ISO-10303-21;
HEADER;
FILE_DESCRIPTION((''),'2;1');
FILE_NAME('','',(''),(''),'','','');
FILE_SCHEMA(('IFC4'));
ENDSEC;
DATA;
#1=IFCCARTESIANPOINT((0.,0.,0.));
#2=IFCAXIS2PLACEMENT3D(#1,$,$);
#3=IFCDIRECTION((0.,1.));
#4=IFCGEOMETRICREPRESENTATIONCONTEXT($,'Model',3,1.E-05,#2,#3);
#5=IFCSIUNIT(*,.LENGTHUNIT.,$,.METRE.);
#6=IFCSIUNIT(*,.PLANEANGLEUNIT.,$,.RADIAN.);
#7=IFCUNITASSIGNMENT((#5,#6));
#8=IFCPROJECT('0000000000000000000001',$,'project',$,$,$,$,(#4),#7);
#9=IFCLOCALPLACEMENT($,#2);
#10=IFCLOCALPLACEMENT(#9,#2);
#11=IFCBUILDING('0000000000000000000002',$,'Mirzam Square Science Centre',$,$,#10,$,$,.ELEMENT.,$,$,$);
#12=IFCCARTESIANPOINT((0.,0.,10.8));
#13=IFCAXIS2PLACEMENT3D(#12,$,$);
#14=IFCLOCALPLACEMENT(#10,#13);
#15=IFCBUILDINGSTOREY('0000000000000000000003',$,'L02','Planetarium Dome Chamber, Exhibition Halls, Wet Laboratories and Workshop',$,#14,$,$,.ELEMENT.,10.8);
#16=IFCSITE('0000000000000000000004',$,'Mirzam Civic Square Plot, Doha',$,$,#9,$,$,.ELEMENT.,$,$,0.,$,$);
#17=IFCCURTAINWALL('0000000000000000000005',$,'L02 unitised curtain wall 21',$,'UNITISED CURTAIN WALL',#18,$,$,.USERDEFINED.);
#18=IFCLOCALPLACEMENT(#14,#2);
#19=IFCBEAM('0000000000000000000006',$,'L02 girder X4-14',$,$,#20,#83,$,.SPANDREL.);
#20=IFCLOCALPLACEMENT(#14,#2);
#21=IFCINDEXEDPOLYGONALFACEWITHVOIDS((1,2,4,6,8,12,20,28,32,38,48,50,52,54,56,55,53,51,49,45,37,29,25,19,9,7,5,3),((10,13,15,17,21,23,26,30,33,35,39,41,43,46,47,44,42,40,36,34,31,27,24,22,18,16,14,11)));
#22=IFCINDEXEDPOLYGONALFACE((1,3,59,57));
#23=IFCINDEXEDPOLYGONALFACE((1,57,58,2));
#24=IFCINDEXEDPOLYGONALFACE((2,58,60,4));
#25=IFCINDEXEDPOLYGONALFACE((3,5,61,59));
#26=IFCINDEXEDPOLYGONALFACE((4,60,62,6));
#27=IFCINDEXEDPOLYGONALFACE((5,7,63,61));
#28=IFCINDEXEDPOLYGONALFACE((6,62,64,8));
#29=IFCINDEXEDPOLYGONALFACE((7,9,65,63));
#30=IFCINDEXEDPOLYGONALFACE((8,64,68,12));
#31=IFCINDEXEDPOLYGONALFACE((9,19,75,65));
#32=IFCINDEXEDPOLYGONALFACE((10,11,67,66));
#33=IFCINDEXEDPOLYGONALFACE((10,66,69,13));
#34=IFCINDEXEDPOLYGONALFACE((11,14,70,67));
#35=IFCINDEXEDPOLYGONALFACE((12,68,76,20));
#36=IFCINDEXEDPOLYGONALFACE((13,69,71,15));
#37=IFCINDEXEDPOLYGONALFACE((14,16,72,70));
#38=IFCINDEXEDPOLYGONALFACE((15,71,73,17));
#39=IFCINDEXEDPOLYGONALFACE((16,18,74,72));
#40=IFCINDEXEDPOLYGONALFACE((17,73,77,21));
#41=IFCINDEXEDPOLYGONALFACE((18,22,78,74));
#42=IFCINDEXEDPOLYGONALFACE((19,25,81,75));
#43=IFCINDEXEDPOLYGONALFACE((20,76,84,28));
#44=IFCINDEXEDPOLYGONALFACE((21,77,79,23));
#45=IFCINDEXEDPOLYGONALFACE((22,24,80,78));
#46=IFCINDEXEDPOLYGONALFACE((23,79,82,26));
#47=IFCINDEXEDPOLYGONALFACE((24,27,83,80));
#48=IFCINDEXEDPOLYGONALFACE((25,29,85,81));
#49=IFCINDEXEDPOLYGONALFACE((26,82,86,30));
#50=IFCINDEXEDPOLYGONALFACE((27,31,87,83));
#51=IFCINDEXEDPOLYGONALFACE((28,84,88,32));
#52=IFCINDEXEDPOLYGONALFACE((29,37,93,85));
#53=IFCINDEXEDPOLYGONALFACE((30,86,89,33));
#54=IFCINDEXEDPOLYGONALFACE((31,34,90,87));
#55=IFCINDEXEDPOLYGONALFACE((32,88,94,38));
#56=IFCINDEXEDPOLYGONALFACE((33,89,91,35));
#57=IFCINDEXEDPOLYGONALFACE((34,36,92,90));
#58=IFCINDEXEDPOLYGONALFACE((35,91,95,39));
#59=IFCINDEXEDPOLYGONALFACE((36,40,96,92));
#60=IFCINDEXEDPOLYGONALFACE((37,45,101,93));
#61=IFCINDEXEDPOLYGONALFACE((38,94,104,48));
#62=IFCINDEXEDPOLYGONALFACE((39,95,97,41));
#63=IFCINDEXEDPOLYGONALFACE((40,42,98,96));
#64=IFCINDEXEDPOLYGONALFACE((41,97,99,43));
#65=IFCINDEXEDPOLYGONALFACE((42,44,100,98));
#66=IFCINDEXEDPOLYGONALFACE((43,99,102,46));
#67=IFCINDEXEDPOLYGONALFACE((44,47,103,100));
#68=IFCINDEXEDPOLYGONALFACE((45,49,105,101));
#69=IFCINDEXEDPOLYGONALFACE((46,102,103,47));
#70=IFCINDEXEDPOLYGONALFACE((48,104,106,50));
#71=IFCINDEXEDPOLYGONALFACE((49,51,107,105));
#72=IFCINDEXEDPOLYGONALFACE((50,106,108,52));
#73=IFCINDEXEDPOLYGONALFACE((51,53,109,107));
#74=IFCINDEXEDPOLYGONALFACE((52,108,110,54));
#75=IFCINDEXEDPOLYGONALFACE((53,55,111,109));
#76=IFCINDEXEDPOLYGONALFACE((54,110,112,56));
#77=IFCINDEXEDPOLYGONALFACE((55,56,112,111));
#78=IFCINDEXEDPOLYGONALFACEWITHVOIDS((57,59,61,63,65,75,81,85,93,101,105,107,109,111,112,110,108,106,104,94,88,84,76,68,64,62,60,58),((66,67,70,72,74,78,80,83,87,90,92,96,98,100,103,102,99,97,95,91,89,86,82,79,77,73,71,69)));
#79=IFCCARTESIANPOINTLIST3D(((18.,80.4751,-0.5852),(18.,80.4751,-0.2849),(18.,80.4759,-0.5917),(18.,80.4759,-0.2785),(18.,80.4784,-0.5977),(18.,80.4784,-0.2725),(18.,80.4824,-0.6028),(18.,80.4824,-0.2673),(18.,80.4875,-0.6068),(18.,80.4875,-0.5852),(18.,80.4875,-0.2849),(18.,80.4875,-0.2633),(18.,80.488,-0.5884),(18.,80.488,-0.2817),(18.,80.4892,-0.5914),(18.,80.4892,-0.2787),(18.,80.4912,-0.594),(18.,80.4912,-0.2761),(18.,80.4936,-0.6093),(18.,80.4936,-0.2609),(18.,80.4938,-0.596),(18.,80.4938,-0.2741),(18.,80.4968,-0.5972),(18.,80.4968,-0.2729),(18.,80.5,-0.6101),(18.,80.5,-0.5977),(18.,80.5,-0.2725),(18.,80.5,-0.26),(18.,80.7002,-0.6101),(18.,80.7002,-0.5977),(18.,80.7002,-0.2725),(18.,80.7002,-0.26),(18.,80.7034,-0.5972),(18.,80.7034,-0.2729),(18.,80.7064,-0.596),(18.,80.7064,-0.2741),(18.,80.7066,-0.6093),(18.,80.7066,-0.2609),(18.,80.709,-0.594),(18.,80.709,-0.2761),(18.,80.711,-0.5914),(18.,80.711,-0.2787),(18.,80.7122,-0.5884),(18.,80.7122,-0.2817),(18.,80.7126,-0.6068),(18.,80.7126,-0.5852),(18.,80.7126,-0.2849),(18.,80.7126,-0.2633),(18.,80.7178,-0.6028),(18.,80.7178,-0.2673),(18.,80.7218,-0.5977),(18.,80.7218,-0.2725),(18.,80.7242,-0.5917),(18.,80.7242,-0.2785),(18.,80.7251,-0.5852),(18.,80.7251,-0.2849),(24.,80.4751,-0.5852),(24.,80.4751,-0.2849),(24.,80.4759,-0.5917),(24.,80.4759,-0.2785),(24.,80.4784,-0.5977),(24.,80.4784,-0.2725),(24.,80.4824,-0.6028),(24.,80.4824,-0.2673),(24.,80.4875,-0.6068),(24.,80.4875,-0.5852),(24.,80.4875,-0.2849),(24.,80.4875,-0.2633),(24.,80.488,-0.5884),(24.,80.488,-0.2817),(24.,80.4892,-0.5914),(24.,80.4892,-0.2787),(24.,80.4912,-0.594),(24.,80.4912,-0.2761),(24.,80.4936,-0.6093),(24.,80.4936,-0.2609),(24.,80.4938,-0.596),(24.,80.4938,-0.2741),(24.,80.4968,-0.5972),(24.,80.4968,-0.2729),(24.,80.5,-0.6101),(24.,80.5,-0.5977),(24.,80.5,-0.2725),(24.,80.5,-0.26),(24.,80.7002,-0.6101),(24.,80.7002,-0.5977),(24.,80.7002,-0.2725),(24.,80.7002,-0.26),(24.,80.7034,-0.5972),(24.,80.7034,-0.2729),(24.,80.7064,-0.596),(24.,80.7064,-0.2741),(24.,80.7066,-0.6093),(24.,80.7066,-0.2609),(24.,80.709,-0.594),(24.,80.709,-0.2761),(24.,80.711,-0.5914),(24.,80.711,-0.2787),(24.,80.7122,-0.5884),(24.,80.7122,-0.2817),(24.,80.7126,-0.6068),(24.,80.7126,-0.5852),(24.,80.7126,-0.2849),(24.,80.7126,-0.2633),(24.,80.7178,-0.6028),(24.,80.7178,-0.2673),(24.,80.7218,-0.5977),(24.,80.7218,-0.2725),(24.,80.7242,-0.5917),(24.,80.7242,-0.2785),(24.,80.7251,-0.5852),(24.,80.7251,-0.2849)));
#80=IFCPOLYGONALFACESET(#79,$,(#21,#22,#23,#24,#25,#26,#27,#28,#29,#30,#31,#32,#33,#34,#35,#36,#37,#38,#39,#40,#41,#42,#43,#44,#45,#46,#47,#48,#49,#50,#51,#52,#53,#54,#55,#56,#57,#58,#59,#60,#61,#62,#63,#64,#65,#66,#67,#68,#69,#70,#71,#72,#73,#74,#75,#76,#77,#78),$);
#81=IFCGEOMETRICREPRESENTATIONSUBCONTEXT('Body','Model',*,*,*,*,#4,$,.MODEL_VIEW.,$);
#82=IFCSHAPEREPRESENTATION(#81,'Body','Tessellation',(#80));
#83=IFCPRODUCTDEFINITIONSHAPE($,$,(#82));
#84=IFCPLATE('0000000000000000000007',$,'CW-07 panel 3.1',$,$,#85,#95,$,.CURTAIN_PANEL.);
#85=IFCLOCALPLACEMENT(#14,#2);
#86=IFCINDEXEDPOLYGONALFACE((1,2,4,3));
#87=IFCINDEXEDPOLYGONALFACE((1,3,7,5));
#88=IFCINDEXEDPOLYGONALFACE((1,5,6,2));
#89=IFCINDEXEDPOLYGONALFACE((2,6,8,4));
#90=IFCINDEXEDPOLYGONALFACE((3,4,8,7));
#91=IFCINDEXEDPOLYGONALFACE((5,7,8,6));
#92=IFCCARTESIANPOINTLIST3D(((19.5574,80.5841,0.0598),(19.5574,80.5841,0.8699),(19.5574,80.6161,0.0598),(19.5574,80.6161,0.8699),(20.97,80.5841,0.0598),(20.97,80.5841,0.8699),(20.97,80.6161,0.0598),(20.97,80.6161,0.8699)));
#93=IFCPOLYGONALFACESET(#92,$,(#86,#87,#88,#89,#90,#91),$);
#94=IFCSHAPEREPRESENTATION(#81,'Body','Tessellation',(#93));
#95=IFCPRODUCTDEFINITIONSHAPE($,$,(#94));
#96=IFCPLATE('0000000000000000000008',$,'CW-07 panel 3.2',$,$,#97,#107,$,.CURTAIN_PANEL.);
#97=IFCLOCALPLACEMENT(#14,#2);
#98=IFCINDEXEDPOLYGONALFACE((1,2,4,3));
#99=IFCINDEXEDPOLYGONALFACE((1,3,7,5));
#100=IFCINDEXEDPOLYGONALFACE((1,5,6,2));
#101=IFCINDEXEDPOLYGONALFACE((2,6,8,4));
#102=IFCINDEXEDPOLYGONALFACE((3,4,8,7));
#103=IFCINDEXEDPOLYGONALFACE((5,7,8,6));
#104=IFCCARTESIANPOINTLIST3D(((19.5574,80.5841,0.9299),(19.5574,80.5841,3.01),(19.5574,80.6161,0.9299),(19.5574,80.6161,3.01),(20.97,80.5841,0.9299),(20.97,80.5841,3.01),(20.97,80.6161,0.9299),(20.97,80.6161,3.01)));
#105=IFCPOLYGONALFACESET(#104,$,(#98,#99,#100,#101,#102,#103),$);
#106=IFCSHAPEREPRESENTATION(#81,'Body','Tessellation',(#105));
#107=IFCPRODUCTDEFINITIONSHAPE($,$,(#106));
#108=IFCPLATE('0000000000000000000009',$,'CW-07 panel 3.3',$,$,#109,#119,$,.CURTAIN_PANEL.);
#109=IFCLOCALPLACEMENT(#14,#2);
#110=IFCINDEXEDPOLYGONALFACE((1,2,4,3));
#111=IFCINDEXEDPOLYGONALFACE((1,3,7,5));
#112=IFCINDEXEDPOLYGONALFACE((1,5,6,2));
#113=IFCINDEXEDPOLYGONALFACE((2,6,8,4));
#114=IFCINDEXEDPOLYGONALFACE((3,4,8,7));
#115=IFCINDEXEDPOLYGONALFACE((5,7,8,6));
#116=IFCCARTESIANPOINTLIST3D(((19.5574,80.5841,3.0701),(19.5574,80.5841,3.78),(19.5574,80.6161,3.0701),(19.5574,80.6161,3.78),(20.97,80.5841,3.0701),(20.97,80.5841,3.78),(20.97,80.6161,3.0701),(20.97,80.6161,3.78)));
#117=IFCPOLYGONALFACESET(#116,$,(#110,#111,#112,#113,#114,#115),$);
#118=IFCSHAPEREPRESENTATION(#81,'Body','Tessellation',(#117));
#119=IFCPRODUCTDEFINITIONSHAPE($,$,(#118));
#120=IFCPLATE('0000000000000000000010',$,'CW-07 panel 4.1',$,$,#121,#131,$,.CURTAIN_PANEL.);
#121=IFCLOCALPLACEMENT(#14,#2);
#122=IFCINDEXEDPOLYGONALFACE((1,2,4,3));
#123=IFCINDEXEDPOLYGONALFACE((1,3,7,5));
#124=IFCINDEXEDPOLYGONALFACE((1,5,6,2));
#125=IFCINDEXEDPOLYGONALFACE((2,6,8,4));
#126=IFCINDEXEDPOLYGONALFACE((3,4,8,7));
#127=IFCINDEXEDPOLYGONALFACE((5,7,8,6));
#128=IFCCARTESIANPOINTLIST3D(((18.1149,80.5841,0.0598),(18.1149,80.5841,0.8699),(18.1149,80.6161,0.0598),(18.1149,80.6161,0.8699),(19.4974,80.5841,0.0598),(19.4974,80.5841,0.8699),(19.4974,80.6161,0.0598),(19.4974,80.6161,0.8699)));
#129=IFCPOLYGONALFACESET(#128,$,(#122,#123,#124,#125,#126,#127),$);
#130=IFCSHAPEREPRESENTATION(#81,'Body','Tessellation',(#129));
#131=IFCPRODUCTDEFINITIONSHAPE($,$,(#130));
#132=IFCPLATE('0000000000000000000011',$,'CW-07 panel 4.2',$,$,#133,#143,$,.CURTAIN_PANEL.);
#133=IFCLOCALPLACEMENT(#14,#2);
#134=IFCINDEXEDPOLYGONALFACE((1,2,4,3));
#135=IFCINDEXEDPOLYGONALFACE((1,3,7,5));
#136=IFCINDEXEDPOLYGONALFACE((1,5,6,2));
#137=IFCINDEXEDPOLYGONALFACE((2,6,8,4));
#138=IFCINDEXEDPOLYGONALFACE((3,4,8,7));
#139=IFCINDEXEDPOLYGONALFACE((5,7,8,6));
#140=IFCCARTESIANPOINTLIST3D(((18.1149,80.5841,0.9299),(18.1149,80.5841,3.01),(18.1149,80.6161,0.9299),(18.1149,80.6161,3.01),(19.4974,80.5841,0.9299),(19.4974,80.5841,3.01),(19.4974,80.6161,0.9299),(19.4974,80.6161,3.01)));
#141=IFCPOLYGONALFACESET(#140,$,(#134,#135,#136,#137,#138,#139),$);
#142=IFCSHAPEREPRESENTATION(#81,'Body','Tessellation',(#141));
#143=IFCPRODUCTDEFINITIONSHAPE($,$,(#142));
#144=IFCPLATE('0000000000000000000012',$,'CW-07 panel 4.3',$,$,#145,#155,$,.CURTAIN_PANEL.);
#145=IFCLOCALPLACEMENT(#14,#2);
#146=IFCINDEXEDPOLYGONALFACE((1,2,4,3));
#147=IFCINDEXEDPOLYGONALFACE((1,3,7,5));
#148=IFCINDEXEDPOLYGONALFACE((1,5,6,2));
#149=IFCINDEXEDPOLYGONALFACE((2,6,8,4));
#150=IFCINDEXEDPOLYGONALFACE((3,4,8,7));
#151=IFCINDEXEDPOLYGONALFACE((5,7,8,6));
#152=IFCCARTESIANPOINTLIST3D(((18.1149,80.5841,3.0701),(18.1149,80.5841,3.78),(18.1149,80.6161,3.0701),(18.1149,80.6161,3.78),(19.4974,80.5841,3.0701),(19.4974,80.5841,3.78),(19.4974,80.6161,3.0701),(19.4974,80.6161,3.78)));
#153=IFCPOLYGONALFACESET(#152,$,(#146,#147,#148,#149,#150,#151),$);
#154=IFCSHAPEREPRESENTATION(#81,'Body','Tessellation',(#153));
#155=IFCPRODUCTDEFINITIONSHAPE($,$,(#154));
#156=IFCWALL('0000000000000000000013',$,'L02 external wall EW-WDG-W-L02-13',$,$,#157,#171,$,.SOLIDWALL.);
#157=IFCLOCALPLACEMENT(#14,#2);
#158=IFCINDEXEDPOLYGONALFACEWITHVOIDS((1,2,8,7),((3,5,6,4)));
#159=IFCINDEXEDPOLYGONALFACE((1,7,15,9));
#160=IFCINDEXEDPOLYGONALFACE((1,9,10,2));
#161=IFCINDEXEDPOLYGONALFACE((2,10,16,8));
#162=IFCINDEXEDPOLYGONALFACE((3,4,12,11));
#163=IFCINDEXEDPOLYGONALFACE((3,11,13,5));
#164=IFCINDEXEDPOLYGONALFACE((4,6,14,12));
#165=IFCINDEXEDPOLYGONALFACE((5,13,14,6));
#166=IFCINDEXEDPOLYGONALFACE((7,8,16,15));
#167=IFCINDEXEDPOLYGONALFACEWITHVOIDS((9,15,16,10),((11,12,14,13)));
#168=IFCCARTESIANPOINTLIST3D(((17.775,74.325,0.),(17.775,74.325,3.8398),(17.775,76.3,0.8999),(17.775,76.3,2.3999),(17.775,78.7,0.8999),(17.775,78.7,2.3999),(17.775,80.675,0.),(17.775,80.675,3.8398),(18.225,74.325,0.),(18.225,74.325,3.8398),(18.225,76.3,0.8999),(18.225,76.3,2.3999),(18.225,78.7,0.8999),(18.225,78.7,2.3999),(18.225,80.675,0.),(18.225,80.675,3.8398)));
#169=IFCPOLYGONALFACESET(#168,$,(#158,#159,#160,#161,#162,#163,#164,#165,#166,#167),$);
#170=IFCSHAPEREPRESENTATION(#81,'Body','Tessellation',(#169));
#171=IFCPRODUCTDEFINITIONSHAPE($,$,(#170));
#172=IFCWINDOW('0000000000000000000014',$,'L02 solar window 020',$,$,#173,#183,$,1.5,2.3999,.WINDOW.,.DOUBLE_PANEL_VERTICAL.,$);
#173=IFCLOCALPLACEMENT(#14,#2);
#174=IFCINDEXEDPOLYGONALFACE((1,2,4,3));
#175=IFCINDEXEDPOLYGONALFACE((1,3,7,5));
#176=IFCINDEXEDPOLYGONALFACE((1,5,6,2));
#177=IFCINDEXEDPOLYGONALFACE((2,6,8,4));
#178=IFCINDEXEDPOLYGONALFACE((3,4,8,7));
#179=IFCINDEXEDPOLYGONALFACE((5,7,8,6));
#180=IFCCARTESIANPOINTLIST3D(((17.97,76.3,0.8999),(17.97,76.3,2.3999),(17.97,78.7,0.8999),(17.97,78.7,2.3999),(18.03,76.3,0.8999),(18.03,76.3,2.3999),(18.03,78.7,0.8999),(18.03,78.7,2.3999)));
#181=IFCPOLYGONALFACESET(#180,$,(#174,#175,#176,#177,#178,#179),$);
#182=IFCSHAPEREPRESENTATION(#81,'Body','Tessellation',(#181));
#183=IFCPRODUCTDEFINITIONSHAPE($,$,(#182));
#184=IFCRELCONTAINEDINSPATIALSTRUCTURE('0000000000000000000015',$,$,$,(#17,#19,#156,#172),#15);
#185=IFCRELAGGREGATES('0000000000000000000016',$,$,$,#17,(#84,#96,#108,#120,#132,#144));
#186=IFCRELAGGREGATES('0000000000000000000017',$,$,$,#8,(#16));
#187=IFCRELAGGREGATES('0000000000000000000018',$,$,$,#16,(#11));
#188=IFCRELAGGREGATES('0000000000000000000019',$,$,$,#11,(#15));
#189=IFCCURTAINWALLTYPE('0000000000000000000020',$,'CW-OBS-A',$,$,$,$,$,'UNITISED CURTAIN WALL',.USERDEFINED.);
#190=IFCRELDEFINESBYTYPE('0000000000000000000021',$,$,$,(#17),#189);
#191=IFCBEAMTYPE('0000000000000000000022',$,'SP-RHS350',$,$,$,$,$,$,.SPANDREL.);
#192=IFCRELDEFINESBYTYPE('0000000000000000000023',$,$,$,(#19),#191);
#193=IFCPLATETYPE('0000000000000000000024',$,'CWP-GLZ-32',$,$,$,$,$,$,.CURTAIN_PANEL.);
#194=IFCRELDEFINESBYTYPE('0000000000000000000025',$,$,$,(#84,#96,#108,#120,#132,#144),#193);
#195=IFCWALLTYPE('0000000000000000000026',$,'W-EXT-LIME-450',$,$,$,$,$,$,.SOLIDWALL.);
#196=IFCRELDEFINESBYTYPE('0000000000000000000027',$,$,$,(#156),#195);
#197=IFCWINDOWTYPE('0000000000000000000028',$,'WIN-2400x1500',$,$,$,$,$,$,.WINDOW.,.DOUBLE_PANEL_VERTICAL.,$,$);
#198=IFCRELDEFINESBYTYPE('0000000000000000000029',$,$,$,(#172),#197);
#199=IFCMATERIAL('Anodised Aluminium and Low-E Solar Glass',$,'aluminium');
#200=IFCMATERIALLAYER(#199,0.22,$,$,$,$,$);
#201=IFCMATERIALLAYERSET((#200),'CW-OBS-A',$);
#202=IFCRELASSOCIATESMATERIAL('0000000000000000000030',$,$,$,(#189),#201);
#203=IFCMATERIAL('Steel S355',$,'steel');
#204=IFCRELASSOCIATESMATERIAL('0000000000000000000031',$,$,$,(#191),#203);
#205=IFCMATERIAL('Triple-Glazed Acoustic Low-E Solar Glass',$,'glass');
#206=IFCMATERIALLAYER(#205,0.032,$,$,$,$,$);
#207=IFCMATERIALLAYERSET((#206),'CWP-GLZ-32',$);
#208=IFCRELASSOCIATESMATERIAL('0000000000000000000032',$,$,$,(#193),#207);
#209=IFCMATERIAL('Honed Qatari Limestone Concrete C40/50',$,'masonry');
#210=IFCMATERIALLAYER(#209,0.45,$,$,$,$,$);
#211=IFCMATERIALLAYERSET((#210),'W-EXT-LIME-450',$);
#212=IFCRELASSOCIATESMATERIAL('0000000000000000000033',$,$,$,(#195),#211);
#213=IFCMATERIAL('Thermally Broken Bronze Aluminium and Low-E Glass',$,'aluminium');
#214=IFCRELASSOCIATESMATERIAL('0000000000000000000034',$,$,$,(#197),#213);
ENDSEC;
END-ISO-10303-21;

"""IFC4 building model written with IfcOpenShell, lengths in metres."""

from ifc_helpers import new_model, si_unit, direction, frame, frame_2d, origin, origin_2d, place, context, subcontext, project, spatial, rectangle, hollow_rectangle, extrude, material, layer, layer_set, material_profile, profile_set, type_object, element, fill, aggregate, save


model = new_model("IFC4")

# Units and contexts
model_context = context("Model", 3, precision=1e-05, world=origin(), true_north=direction((0.0, 1.0)))
body_context = subcontext(model_context, "Body", "Model", "MODEL_VIEW")
ifc_project = project(units=[si_unit("LENGTHUNIT", "METRE"), si_unit("PLANEANGLEUNIT", "RADIAN")], contexts=[model_context])

# Site, building, storey
site_placement = place(None, origin())
site = spatial("IfcSite", under=ifc_project, at=site_placement, Name="Mirzam Civic Square Plot, Doha", CompositionType="ELEMENT", RefElevation=0.0)
building_placement = place(site_placement, origin())
building = spatial("IfcBuilding", under=site, at=building_placement, Name="Mirzam Square Science Centre", CompositionType="ELEMENT")
storey_placement = place(building_placement, frame((0.0, 0.0, 10.8)))
storey = spatial("IfcBuildingStorey", under=building, at=storey_placement, Name="L02", Description="Planetarium Dome Chamber, Exhibition Halls, Wet Laboratories and Workshop", CompositionType="ELEMENT", Elevation=10.8)

# Shared definitions
ifc_material_1 = material(Name="Steel S355", Category="steel")

# Curtain wall
ifc_material_2 = material(Name="Anodised Aluminium and Low-E Solar Glass", Category="aluminium")
ifc_layer_1 = layer(ifc_material_2, 0.22)
ifc_layer_set_1 = layer_set([ifc_layer_1], Name="CW-OBS-A")
curtain_wall_type = type_object("IfcCurtainWallType", Name="CW-OBS-A", ElementType="UNITISED CURTAIN WALL", PredefinedType="USERDEFINED", material=ifc_layer_set_1)
curtain_wall_placement = place(storey_placement, origin())
curtain_wall = element("IfcCurtainWall", 1, at=curtain_wall_placement, inside=storey, type_object=curtain_wall_type, Name="L02 unitised curtain wall 21", ObjectType="UNITISED CURTAIN WALL", PredefinedType="USERDEFINED")

# Beam
ifc_material_profile_1 = material_profile(ifc_material_1, hollow_rectangle(XDim=0.25, YDim=0.3501, WallThickness=0.0125, InnerFilletRadius=0.0125, OuterFilletRadius=0.0249, at=origin_2d()), Name="350x250x12.5RHS")
ifc_profile_set_1 = profile_set([ifc_material_profile_1], Name="Steel S355")
beam_type = type_object("IfcBeamType", Name="SP-RHS350", PredefinedType="SPANDREL", material=ifc_profile_set_1)
beam_placement = place(storey_placement, frame((18.0, 80.6001, -0.4351), z_axis=(1.0, 0.0, 0.0), x_axis=(0.0, 1.0, 0.0)))
element("IfcBeam", 2, at=beam_placement, inside=storey, type_object=beam_type, Name="L02 girder X4-14", PredefinedType="SPANDREL", context=body_context, shape_type="SweptSolid", body=[
    extrude(hollow_rectangle(XDim=0.25, YDim=0.3501, WallThickness=0.0125, InnerFilletRadius=0.0125, OuterFilletRadius=0.0249, at=origin_2d()), origin(), (0.0, 0.0, 1.0), 6.0),
])

# Plates
ifc_material_3 = material(Name="Triple-Glazed Acoustic Low-E Solar Glass", Category="glass")
ifc_layer_2 = layer(ifc_material_3, 0.032)
ifc_layer_set_2 = layer_set([ifc_layer_2], Name="CWP-GLZ-32")
plate_type = type_object("IfcPlateType", Name="CWP-GLZ-32", PredefinedType="CURTAIN_PANEL", material=ifc_layer_set_2)
plate_1_placement = place(storey_placement, frame((20.2637, 80.6001, 0.0598), z_axis=(0.0, 0.0, 1.0), x_axis=(-1.0, 0.0, 0.0)))
plate_1 = element("IfcPlate", 3, at=plate_1_placement, type_object=plate_type, Name="CW-07 panel 3.1", PredefinedType="CURTAIN_PANEL", context=body_context, shape_type="SweptSolid", body=[
    extrude(rectangle(XDim=1.4126, YDim=0.032, at=origin_2d()), origin(), (0.0, 0.0, 1.0), 0.8101),
])
plate_2_placement = place(storey_placement, frame((20.2637, 80.6001, 0.9299), z_axis=(0.0, 0.0, 1.0), x_axis=(-1.0, 0.0, 0.0)))
plate_2 = element("IfcPlate", 4, at=plate_2_placement, type_object=plate_type, Name="CW-07 panel 3.2", PredefinedType="CURTAIN_PANEL", context=body_context, shape_type="SweptSolid", body=[
    extrude(rectangle(XDim=1.4126, YDim=0.032, at=origin_2d()), origin(), (0.0, 0.0, 1.0), 2.0801),
])
plate_3_placement = place(storey_placement, frame((20.2637, 80.6001, 3.0701), z_axis=(0.0, 0.0, 1.0), x_axis=(-1.0, 0.0, 0.0)))
plate_3 = element("IfcPlate", 5, at=plate_3_placement, type_object=plate_type, Name="CW-07 panel 3.3", PredefinedType="CURTAIN_PANEL", context=body_context, shape_type="SweptSolid", body=[
    extrude(rectangle(XDim=1.4126, YDim=0.032, at=origin_2d()), origin(), (0.0, 0.0, 1.0), 0.71),
])
plate_4_placement = place(storey_placement, frame((18.8062, 80.6001, 0.0598), z_axis=(0.0, 0.0, 1.0), x_axis=(-1.0, 0.0, 0.0)))
plate_4 = element("IfcPlate", 6, at=plate_4_placement, type_object=plate_type, Name="CW-07 panel 4.1", PredefinedType="CURTAIN_PANEL", context=body_context, shape_type="SweptSolid", body=[
    extrude(rectangle(XDim=1.3826, YDim=0.032, at=origin_2d()), origin(), (0.0, 0.0, 1.0), 0.8101),
])
plate_5_placement = place(storey_placement, frame((18.8062, 80.6001, 0.9299), z_axis=(0.0, 0.0, 1.0), x_axis=(-1.0, 0.0, 0.0)))
plate_5 = element("IfcPlate", 7, at=plate_5_placement, type_object=plate_type, Name="CW-07 panel 4.2", PredefinedType="CURTAIN_PANEL", context=body_context, shape_type="SweptSolid", body=[
    extrude(rectangle(XDim=1.3826, YDim=0.032, at=origin_2d()), origin(), (0.0, 0.0, 1.0), 2.0801),
])
plate_6_placement = place(storey_placement, frame((18.8062, 80.6001, 3.0701), z_axis=(0.0, 0.0, 1.0), x_axis=(-1.0, 0.0, 0.0)))
plate_6 = element("IfcPlate", 8, at=plate_6_placement, type_object=plate_type, Name="CW-07 panel 4.3", PredefinedType="CURTAIN_PANEL", context=body_context, shape_type="SweptSolid", body=[
    extrude(rectangle(XDim=1.3826, YDim=0.032, at=origin_2d()), origin(), (0.0, 0.0, 1.0), 0.71),
])
aggregate(curtain_wall, [plate_1, plate_2, plate_3, plate_4, plate_5, plate_6])

# Wall, opening, window
ifc_material_4 = material(Name="Honed Qatari Limestone Concrete C40/50", Category="masonry")
ifc_layer_3 = layer(ifc_material_4, 0.45)
ifc_layer_set_3 = layer_set([ifc_layer_3], Name="W-EXT-LIME-450")
wall_type = type_object("IfcWallType", Name="W-EXT-LIME-450", PredefinedType="SOLIDWALL", material=ifc_layer_set_3)
wall_placement = place(storey_placement, frame((18.0, 80.675, 0.0), z_axis=(0.0, 0.0, 1.0), x_axis=(0.0, -1.0, 0.0)))
wall = element("IfcWall", 9, at=wall_placement, inside=storey, type_object=wall_type, Name="L02 external wall EW-WDG-W-L02-13", PredefinedType="SOLIDWALL", context=body_context, shape_type="SweptSolid", body=[
    extrude(rectangle(XDim=6.3501, YDim=0.45, at=frame_2d((3.175, 0.0))), origin(), (0.0, 0.0, 1.0), 3.8398),
])
opening_placement = place(wall_placement, frame((1.9751, 0.0, 0.8999)))
opening = element("IfcOpeningElement", 10, at=opening_placement, cuts=wall, PredefinedType="OPENING", context=body_context, shape_type="SweptSolid", body=[
    extrude(rectangle(XDim=2.3999, YDim=1.5, at=frame_2d((1.2, 0.75))), frame((0.0, 0.2349, 0.0), z_axis=(0.0, -1.0, 0.0), x_axis=(1.0, 0.0, 0.0)), (0.0, 0.0, 1.0), 0.47),
])
ifc_material_5 = material(Name="Thermally Broken Bronze Aluminium and Low-E Glass", Category="aluminium")
window_type = type_object("IfcWindowType", Name="WIN-2400x1500", PartitioningType="DOUBLE_PANEL_VERTICAL", PredefinedType="WINDOW", material=ifc_material_5)
window_placement = place(opening_placement, origin())
window = element("IfcWindow", 11, at=window_placement, inside=storey, type_object=window_type, Name="L02 solar window 020", OverallHeight=1.5, OverallWidth=2.3999, PartitioningType="DOUBLE_PANEL_VERTICAL", PredefinedType="WINDOW", context=body_context, shape_type="SweptSolid", body=[
    extrude(rectangle(XDim=2.3999, YDim=1.5, at=frame_2d((1.2, 0.75))), frame((0.0, 0.03, 0.0), z_axis=(0.0, -1.0, 0.0), x_axis=(1.0, 0.0, 0.0)), (0.0, 0.0, 1.0), 0.0601),
])
fill(opening, window)

save(model, "model.ifc")
